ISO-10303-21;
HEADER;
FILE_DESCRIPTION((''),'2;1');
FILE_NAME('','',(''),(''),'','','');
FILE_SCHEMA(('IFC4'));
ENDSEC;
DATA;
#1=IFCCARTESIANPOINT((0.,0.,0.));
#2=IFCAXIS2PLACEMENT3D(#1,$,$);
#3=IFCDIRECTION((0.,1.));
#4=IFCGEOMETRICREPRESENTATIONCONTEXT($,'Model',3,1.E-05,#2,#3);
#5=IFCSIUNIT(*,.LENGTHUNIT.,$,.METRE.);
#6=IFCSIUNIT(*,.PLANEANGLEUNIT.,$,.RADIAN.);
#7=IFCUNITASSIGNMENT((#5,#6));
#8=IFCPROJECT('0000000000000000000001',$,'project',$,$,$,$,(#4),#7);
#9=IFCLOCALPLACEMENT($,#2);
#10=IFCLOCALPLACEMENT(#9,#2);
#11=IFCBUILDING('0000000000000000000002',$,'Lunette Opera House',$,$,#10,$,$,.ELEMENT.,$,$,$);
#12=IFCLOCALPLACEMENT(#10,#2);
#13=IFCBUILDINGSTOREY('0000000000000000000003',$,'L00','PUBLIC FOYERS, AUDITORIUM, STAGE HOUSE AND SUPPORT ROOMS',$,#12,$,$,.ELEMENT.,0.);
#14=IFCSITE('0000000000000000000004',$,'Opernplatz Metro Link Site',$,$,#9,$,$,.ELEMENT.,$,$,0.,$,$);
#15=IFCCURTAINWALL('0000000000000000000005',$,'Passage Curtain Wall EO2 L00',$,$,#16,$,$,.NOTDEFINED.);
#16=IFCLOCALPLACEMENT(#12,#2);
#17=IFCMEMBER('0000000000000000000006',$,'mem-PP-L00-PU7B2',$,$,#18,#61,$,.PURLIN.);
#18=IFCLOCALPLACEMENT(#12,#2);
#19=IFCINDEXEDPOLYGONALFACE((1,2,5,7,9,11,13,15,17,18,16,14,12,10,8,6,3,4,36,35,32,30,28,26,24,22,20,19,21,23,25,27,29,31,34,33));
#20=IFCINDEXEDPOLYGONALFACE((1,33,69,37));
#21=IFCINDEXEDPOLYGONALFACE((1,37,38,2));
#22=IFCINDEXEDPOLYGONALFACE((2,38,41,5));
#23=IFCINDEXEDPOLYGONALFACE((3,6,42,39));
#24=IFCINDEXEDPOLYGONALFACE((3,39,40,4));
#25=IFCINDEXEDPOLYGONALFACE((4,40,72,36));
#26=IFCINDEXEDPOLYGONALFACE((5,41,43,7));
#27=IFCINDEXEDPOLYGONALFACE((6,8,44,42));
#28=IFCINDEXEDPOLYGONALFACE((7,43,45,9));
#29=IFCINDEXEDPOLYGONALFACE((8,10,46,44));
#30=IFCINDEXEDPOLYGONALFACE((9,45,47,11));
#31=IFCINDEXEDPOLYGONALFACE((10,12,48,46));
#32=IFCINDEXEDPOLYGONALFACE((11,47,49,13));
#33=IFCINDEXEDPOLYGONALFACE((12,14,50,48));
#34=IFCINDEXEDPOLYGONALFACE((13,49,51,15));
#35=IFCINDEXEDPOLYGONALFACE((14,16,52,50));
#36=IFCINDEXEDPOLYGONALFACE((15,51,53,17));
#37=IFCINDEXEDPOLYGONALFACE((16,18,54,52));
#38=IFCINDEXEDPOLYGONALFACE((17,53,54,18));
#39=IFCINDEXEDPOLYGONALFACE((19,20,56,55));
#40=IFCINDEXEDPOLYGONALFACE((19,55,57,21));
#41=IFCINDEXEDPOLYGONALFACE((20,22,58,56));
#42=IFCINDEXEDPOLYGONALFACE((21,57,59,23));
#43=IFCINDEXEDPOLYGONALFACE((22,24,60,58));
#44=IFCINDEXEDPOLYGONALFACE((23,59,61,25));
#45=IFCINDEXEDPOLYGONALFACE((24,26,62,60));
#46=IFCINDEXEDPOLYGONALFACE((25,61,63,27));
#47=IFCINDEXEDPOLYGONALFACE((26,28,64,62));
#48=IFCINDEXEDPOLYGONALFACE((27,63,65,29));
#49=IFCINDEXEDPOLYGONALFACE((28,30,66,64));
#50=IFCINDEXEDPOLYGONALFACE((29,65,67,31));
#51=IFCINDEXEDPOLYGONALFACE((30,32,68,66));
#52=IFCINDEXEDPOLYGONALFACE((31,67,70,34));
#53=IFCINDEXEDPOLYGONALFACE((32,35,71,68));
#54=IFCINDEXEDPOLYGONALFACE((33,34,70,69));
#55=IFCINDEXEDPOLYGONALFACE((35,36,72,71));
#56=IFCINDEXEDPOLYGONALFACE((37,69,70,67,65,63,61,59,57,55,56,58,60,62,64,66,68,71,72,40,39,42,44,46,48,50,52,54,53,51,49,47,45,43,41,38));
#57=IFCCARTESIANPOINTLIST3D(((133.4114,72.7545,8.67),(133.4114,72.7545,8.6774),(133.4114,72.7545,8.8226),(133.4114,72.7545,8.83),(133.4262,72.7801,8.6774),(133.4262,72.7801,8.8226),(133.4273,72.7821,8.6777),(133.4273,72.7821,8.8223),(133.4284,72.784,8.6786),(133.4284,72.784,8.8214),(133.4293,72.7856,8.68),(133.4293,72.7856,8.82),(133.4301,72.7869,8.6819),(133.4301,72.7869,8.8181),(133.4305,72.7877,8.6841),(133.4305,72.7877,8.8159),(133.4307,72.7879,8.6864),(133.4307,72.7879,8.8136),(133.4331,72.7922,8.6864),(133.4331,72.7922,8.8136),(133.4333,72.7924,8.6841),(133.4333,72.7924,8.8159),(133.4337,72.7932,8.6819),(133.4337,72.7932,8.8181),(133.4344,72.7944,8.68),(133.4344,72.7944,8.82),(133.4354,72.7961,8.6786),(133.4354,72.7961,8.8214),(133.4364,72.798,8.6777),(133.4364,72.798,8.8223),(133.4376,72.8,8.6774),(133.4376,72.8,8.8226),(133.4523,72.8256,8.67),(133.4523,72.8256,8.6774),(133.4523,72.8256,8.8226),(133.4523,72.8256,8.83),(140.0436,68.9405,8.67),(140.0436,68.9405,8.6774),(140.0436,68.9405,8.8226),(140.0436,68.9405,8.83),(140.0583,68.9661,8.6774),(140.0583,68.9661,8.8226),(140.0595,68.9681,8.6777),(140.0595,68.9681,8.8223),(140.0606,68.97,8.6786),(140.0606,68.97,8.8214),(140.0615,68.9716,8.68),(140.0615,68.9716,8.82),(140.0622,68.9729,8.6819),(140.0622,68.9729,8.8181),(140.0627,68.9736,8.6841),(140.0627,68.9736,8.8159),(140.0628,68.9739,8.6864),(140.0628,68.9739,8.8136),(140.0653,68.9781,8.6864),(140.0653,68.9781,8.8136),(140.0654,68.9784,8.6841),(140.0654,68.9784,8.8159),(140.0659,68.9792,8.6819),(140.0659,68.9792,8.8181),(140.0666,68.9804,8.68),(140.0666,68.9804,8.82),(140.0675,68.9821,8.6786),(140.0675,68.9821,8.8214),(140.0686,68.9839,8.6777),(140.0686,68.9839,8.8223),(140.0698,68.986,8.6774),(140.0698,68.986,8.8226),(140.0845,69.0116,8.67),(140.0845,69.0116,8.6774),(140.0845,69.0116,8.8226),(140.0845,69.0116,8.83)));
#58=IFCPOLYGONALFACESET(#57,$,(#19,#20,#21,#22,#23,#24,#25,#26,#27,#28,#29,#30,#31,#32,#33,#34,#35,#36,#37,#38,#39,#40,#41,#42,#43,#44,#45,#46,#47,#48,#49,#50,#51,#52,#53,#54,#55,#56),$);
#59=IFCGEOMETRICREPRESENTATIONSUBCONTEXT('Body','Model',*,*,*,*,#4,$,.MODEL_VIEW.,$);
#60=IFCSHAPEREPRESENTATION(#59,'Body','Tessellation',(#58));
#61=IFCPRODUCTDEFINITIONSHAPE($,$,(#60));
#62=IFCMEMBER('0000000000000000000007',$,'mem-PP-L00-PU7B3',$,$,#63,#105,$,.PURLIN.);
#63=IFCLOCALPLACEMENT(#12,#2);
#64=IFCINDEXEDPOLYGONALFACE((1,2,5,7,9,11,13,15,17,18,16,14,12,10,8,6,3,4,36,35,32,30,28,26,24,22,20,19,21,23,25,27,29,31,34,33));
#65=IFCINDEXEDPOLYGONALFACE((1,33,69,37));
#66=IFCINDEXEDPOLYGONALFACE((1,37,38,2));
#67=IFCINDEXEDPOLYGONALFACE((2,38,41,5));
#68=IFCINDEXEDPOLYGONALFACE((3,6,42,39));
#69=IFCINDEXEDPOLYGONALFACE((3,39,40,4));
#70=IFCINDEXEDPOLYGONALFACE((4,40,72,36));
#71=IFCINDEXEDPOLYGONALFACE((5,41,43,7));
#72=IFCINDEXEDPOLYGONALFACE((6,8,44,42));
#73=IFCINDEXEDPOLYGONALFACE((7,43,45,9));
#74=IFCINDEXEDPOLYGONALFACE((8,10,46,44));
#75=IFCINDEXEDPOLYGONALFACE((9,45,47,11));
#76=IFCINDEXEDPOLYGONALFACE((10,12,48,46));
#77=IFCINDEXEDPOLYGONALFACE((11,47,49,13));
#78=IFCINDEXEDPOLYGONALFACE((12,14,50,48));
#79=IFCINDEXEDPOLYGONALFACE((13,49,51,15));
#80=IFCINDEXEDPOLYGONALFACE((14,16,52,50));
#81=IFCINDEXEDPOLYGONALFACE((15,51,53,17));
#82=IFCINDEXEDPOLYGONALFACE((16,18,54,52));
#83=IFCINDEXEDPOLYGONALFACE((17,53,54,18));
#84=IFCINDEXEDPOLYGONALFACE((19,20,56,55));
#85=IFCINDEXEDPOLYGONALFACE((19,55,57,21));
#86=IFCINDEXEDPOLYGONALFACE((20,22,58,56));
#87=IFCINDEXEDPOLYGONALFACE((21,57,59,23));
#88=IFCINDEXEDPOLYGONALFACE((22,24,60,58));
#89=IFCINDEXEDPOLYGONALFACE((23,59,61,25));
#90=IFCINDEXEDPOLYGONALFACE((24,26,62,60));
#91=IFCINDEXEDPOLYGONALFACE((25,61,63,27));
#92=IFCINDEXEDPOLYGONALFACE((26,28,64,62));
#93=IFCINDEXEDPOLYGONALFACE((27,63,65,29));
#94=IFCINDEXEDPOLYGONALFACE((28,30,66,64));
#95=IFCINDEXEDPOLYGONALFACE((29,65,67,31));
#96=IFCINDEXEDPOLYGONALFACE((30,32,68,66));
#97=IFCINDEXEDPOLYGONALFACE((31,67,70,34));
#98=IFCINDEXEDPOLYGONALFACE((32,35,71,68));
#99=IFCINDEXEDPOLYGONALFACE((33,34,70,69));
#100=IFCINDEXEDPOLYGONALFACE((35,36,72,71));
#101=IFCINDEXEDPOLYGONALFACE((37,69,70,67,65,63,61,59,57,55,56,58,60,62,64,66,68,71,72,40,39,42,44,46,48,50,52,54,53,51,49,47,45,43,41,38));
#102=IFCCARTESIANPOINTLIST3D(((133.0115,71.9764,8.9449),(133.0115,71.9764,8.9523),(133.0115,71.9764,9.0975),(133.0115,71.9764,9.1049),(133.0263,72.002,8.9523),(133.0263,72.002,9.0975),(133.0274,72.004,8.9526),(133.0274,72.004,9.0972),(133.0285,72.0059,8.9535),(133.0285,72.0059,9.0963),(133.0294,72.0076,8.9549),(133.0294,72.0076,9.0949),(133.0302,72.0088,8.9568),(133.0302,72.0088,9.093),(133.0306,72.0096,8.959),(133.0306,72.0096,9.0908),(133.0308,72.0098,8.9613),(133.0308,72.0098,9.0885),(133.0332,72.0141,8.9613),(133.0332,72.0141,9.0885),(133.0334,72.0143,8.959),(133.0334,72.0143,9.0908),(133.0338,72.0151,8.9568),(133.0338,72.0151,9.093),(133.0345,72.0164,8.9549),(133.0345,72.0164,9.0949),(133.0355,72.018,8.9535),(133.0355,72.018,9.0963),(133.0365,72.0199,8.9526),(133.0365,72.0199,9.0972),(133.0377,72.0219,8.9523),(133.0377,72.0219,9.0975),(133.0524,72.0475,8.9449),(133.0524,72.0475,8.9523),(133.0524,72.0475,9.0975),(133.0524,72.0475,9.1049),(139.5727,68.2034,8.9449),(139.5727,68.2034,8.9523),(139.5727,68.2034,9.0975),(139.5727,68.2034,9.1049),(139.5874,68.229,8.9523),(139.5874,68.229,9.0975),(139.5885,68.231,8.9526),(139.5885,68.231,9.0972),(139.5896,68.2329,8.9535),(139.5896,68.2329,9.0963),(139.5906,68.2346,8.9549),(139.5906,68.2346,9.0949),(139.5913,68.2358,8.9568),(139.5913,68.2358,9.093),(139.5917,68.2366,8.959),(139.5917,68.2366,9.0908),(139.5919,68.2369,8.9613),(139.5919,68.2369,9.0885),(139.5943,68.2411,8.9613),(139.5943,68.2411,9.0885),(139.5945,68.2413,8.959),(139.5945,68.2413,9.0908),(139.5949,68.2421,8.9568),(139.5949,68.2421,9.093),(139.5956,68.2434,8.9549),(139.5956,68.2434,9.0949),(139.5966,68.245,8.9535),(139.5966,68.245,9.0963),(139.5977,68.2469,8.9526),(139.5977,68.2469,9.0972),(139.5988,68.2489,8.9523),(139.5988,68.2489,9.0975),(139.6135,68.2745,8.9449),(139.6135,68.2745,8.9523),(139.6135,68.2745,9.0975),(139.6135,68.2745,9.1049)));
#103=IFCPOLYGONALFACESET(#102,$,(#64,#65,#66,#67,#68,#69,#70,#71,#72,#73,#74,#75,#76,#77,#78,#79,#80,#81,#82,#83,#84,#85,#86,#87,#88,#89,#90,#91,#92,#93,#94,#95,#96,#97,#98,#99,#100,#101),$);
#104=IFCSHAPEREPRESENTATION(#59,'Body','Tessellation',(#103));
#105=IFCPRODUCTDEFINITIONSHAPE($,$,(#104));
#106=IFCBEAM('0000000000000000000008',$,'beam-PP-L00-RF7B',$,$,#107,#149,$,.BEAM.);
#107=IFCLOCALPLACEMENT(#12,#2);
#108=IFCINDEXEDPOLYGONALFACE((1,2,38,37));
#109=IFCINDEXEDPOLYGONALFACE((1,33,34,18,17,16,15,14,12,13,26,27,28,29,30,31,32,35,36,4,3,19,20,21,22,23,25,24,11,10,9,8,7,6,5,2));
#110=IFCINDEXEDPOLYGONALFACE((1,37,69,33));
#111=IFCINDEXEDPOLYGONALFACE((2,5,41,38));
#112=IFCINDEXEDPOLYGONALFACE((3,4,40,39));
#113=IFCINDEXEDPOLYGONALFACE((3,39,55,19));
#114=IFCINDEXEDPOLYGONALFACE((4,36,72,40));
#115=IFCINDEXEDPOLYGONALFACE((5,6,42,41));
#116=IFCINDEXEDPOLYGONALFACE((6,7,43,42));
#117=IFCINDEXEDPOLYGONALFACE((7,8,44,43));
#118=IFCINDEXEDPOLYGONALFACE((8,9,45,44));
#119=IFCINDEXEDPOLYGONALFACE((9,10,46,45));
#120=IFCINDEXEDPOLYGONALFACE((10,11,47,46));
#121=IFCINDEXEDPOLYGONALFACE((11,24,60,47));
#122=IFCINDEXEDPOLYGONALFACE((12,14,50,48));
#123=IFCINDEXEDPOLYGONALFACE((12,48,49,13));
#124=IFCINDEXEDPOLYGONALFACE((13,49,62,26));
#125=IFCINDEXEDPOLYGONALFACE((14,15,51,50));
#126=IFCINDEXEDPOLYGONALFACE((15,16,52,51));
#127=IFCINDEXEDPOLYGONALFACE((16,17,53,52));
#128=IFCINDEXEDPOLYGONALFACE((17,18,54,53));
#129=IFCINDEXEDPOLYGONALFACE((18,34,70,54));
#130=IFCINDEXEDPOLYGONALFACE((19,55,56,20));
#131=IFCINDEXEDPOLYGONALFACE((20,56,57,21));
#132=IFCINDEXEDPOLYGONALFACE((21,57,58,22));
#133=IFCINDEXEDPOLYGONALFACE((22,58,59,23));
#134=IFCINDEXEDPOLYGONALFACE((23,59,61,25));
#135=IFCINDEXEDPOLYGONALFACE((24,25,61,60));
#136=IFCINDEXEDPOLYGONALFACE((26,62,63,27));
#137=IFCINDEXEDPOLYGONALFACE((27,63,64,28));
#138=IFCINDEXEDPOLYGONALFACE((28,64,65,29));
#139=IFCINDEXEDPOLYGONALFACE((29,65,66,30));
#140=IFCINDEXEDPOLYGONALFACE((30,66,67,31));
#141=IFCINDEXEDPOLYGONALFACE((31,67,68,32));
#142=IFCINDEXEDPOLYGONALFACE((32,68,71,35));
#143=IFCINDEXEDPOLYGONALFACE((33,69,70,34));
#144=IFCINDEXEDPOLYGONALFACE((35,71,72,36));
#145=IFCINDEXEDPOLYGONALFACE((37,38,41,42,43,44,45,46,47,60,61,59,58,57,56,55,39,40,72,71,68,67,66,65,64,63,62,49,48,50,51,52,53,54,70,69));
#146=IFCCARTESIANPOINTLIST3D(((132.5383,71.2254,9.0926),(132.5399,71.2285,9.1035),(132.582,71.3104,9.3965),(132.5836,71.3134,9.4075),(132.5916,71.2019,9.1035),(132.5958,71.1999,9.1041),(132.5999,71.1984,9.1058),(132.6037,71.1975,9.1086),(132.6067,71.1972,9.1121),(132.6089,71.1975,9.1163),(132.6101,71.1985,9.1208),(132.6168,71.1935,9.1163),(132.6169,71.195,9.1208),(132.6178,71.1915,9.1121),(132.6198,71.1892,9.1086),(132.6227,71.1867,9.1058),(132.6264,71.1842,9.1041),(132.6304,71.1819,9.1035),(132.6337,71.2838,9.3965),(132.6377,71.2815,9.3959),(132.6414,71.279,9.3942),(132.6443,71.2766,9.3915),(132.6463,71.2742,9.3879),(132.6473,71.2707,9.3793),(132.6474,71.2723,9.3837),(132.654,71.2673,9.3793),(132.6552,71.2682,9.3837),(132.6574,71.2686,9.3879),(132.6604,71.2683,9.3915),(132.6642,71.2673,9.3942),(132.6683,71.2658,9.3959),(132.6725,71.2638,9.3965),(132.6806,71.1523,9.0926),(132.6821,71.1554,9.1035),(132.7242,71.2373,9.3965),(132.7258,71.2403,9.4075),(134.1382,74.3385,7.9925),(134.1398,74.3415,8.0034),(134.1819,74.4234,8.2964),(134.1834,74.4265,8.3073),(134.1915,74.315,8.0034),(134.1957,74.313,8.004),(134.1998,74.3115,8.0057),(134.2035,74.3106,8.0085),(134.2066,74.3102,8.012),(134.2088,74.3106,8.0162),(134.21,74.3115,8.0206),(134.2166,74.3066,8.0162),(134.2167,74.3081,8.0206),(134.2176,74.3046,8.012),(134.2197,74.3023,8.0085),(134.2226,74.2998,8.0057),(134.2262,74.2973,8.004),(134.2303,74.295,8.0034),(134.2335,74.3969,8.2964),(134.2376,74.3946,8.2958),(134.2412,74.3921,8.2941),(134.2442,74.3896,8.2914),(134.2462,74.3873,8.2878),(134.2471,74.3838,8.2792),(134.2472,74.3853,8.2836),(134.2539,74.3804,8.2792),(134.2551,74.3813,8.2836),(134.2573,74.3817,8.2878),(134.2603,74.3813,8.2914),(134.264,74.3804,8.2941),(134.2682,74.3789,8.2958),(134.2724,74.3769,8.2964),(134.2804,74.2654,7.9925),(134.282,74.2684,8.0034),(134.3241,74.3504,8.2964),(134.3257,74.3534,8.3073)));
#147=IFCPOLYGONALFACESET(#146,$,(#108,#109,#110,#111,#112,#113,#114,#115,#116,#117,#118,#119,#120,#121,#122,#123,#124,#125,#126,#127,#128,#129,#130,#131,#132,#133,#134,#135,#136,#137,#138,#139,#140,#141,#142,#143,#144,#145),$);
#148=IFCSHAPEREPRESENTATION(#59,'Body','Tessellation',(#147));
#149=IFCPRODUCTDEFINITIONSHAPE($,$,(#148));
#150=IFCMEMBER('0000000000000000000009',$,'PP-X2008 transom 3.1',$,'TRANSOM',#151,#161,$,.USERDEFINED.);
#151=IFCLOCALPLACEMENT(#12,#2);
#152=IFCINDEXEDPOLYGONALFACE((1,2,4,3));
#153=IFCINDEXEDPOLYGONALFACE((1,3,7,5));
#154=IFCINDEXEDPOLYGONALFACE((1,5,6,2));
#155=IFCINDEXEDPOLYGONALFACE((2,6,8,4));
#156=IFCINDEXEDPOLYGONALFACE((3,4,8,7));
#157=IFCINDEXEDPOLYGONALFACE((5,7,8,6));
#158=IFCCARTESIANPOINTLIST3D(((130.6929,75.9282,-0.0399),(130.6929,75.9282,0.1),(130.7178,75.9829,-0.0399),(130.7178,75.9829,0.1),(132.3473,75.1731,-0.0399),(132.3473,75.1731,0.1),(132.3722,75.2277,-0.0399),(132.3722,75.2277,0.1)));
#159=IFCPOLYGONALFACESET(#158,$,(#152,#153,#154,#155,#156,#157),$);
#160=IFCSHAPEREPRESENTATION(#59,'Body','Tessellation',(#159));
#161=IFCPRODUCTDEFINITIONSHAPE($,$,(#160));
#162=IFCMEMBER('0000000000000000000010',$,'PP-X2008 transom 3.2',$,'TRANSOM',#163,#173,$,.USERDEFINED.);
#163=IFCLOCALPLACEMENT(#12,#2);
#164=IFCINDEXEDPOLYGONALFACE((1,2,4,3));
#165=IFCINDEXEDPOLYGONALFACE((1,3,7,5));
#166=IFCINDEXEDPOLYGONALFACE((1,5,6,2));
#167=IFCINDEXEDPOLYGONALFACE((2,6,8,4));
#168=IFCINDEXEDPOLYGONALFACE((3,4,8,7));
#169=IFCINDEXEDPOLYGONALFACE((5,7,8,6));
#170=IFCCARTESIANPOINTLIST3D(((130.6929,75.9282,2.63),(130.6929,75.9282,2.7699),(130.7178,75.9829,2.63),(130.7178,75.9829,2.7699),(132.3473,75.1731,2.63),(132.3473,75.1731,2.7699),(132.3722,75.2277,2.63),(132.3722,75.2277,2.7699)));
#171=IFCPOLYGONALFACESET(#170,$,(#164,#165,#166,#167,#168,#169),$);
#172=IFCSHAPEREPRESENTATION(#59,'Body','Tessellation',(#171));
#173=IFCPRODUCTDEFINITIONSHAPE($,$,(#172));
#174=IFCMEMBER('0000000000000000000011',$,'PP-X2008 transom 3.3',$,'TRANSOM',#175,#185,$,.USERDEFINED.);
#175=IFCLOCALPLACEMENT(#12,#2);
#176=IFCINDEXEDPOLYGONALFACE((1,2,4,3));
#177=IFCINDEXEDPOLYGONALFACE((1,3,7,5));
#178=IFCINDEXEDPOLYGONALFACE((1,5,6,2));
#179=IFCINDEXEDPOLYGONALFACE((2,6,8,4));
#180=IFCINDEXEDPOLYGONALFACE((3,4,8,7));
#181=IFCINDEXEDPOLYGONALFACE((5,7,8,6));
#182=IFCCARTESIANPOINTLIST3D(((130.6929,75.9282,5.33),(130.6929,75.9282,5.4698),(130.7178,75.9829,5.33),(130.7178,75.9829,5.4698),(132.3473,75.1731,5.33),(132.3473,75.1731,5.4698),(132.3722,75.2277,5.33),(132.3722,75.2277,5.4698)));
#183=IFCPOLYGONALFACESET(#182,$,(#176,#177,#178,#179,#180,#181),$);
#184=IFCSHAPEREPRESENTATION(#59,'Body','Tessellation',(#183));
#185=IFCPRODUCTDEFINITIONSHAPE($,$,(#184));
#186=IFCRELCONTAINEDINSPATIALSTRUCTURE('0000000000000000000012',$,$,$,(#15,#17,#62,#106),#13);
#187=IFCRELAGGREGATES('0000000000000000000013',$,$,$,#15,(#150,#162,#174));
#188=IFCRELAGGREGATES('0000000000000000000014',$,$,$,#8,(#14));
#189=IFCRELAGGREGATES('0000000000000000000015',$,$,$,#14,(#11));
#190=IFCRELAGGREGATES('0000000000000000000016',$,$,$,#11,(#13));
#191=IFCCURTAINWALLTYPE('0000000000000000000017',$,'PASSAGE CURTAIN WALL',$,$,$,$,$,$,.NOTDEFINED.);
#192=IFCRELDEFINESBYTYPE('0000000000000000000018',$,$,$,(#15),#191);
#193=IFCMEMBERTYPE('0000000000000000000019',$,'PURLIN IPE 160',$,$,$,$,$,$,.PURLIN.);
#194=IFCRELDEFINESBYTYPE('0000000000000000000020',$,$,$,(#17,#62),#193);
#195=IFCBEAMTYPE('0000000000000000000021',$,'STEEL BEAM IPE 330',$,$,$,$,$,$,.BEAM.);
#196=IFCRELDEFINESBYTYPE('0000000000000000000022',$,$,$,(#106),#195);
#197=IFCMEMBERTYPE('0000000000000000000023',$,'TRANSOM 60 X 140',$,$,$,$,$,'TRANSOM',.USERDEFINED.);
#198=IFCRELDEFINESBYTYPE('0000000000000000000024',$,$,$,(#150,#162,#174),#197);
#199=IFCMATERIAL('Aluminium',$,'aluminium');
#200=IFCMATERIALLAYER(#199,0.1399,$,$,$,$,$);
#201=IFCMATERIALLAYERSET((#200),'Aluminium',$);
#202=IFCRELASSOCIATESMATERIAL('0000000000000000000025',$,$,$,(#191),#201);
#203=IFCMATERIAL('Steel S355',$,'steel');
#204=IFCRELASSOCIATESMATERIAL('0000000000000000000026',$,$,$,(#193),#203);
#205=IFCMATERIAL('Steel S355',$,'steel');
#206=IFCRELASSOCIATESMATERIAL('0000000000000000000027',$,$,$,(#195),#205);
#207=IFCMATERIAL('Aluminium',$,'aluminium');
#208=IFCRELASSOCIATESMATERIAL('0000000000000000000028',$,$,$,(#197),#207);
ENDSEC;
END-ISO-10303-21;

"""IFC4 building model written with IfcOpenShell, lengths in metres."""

from ifc_helpers import new_model, si_unit, direction, frame, origin, origin_2d, place, context, subcontext, project, spatial, rectangle, i_section, extrude, material, layer, layer_set, material_profile, profile_set, type_object, element, aggregate, save


model = new_model("IFC4")

# Units and contexts
model_context = context("Model", 3, precision=1e-05, world=origin(), true_north=direction((0.0, 1.0)))
body_context = subcontext(model_context, "Body", "Model", "MODEL_VIEW")
ifc_project = project(units=[si_unit("LENGTHUNIT", "METRE"), si_unit("PLANEANGLEUNIT", "RADIAN")], contexts=[model_context])

# Site, building, storey
site_placement = place(None, origin())
site = spatial("IfcSite", under=ifc_project, at=site_placement, Name="Opernplatz Metro Link Site", CompositionType="ELEMENT", RefElevation=0.0)
building_placement = place(site_placement, origin())
building = spatial("IfcBuilding", under=site, at=building_placement, Name="Lunette Opera House", CompositionType="ELEMENT")
storey_placement = place(building_placement, origin())
storey = spatial("IfcBuildingStorey", under=building, at=storey_placement, Name="L00", Description="PUBLIC FOYERS, AUDITORIUM, STAGE HOUSE AND SUPPORT ROOMS", CompositionType="ELEMENT", Elevation=0.0)

# Curtain wall
ifc_material_1 = material(Name="Aluminium", Category="aluminium")
ifc_layer_1 = layer(ifc_material_1, 0.1399)
ifc_layer_set_1 = layer_set([ifc_layer_1], Name="Aluminium")
curtain_wall_type = type_object("IfcCurtainWallType", Name="PASSAGE CURTAIN WALL", PredefinedType="NOTDEFINED", material=ifc_layer_set_1)
curtain_wall_1_placement = place(storey_placement, origin())
curtain_wall_1 = element("IfcCurtainWall", 1, at=curtain_wall_1_placement, inside=storey, type_object=curtain_wall_type, Name="Passage Curtain Wall EO2 L00", PredefinedType="NOTDEFINED")

# Members
ifc_material_2 = material(Name="Steel S355", Category="steel")
ifc_material_profile_1 = material_profile(ifc_material_2, i_section(OverallWidth=0.082, OverallDepth=0.1599, WebThickness=0.0049, FlangeThickness=0.0073, FilletRadius=0.009, at=origin_2d()), Name="IPE 160")
ifc_profile_set_1 = profile_set([ifc_material_profile_1], Name="Steel S355")
member_type_1 = type_object("IfcMemberType", Name="PURLIN IPE 160", PredefinedType="PURLIN", material=ifc_profile_set_1)
member_1_placement = place(storey_placement, frame((133.4319, 72.79, 8.75), z_axis=(0.866877, -0.498522, 0.0), x_axis=(0.498522, 0.866877, 0.0)))
element("IfcMember", 2, at=member_1_placement, inside=storey, type_object=member_type_1, Name="mem-PP-L00-PU7B2", PredefinedType="PURLIN", context=body_context, shape_type="SweptSolid", body=[
    extrude(i_section(OverallWidth=0.082, OverallDepth=0.1599, WebThickness=0.0049, FlangeThickness=0.0073, FilletRadius=0.009, at=origin_2d()), origin(), (0.0, 0.0, 1.0), 7.6506),
])
member_2_placement = place(storey_placement, frame((133.032, 72.012, 9.0249), z_axis=(0.866886, -0.498506, 0.0), x_axis=(0.498506, 0.866886, 0.0)))
element("IfcMember", 3, at=member_2_placement, inside=storey, type_object=member_type_1, Name="mem-PP-L00-PU7B3", PredefinedType="PURLIN", context=body_context, shape_type="SweptSolid", body=[
    extrude(i_section(OverallWidth=0.082, OverallDepth=0.1599, WebThickness=0.0049, FlangeThickness=0.0073, FilletRadius=0.009, at=origin_2d()), origin(), (0.0, 0.0, 1.0), 7.5686),
])

# Beam
ifc_material_3 = material(Name="Steel S355", Category="steel")
ifc_material_profile_2 = material_profile(ifc_material_3, i_section(OverallWidth=0.1599, OverallDepth=0.3301, WebThickness=0.0076, FlangeThickness=0.0115, FilletRadius=0.0181, at=origin_2d()), Name="IPE 330")
ifc_profile_set_2 = profile_set([ifc_material_profile_2], Name="Steel S355")
beam_type = type_object("IfcBeamType", Name="STEEL BEAM IPE 330", PredefinedType="BEAM", material=ifc_profile_set_2)
beam_placement = place(storey_placement, frame((134.2319, 74.3459, 8.1499), z_axis=(-0.436059, -0.848496, 0.299845), x_axis=(0.88942, -0.457091, 0.0)))
element("IfcBeam", 4, at=beam_placement, inside=storey, type_object=beam_type, Name="beam-PP-L00-RF7B", PredefinedType="BEAM", context=body_context, shape_type="SweptSolid", body=[
    extrude(i_section(OverallWidth=0.1599, OverallDepth=0.3301, WebThickness=0.0076, FlangeThickness=0.0115, FilletRadius=0.0181, at=origin_2d()), origin(), (0.0, 0.0, 1.0), 3.6689),
])

# Members
ifc_material_4 = material(Name="Aluminium", Category="aluminium")
ifc_material_profile_3 = material_profile(ifc_material_4, rectangle(XDim=0.0601, YDim=0.1399, at=origin_2d()), Name="TRANSOM 60 X 140")
ifc_profile_set_3 = profile_set([ifc_material_profile_3], Name="Aluminium")
member_type_2 = type_object("IfcMemberType", Name="TRANSOM 60 X 140", ElementType="TRANSOM", PredefinedType="USERDEFINED", material=ifc_profile_set_3)
member_3_placement = place(storey_placement, frame((130.7053, 75.9556, 0.03), z_axis=(0.909708, -0.415249, 0.0), x_axis=(0.415249, 0.909708, 0.0)))
member_3 = element("IfcMember", 5, at=member_3_placement, type_object=member_type_2, Name="PP-X2008 transom 3.1", ObjectType="TRANSOM", PredefinedType="USERDEFINED", context=body_context, shape_type="SweptSolid", body=[
    extrude(rectangle(XDim=0.0601, YDim=0.1399, at=origin_2d()), origin(), (0.0, 0.0, 1.0), 1.8186),
])
member_4_placement = place(storey_placement, frame((130.7053, 75.9556, 2.7), z_axis=(0.909708, -0.415249, 0.0), x_axis=(0.415249, 0.909708, 0.0)))
member_4 = element("IfcMember", 6, at=member_4_placement, type_object=member_type_2, Name="PP-X2008 transom 3.2", ObjectType="TRANSOM", PredefinedType="USERDEFINED", context=body_context, shape_type="SweptSolid", body=[
    extrude(rectangle(XDim=0.0601, YDim=0.1399, at=origin_2d()), origin(), (0.0, 0.0, 1.0), 1.8186),
])
member_5_placement = place(storey_placement, frame((130.7053, 75.9556, 5.3999), z_axis=(0.909708, -0.415249, 0.0), x_axis=(0.415249, 0.909708, 0.0)))
member_5 = element("IfcMember", 7, at=member_5_placement, type_object=member_type_2, Name="PP-X2008 transom 3.3", ObjectType="TRANSOM", PredefinedType="USERDEFINED", context=body_context, shape_type="SweptSolid", body=[
    extrude(rectangle(XDim=0.0601, YDim=0.1399, at=origin_2d()), origin(), (0.0, 0.0, 1.0), 1.8186),
])

aggregate(curtain_wall_1, [member_3, member_4, member_5])

save(model, "model.ifc")
